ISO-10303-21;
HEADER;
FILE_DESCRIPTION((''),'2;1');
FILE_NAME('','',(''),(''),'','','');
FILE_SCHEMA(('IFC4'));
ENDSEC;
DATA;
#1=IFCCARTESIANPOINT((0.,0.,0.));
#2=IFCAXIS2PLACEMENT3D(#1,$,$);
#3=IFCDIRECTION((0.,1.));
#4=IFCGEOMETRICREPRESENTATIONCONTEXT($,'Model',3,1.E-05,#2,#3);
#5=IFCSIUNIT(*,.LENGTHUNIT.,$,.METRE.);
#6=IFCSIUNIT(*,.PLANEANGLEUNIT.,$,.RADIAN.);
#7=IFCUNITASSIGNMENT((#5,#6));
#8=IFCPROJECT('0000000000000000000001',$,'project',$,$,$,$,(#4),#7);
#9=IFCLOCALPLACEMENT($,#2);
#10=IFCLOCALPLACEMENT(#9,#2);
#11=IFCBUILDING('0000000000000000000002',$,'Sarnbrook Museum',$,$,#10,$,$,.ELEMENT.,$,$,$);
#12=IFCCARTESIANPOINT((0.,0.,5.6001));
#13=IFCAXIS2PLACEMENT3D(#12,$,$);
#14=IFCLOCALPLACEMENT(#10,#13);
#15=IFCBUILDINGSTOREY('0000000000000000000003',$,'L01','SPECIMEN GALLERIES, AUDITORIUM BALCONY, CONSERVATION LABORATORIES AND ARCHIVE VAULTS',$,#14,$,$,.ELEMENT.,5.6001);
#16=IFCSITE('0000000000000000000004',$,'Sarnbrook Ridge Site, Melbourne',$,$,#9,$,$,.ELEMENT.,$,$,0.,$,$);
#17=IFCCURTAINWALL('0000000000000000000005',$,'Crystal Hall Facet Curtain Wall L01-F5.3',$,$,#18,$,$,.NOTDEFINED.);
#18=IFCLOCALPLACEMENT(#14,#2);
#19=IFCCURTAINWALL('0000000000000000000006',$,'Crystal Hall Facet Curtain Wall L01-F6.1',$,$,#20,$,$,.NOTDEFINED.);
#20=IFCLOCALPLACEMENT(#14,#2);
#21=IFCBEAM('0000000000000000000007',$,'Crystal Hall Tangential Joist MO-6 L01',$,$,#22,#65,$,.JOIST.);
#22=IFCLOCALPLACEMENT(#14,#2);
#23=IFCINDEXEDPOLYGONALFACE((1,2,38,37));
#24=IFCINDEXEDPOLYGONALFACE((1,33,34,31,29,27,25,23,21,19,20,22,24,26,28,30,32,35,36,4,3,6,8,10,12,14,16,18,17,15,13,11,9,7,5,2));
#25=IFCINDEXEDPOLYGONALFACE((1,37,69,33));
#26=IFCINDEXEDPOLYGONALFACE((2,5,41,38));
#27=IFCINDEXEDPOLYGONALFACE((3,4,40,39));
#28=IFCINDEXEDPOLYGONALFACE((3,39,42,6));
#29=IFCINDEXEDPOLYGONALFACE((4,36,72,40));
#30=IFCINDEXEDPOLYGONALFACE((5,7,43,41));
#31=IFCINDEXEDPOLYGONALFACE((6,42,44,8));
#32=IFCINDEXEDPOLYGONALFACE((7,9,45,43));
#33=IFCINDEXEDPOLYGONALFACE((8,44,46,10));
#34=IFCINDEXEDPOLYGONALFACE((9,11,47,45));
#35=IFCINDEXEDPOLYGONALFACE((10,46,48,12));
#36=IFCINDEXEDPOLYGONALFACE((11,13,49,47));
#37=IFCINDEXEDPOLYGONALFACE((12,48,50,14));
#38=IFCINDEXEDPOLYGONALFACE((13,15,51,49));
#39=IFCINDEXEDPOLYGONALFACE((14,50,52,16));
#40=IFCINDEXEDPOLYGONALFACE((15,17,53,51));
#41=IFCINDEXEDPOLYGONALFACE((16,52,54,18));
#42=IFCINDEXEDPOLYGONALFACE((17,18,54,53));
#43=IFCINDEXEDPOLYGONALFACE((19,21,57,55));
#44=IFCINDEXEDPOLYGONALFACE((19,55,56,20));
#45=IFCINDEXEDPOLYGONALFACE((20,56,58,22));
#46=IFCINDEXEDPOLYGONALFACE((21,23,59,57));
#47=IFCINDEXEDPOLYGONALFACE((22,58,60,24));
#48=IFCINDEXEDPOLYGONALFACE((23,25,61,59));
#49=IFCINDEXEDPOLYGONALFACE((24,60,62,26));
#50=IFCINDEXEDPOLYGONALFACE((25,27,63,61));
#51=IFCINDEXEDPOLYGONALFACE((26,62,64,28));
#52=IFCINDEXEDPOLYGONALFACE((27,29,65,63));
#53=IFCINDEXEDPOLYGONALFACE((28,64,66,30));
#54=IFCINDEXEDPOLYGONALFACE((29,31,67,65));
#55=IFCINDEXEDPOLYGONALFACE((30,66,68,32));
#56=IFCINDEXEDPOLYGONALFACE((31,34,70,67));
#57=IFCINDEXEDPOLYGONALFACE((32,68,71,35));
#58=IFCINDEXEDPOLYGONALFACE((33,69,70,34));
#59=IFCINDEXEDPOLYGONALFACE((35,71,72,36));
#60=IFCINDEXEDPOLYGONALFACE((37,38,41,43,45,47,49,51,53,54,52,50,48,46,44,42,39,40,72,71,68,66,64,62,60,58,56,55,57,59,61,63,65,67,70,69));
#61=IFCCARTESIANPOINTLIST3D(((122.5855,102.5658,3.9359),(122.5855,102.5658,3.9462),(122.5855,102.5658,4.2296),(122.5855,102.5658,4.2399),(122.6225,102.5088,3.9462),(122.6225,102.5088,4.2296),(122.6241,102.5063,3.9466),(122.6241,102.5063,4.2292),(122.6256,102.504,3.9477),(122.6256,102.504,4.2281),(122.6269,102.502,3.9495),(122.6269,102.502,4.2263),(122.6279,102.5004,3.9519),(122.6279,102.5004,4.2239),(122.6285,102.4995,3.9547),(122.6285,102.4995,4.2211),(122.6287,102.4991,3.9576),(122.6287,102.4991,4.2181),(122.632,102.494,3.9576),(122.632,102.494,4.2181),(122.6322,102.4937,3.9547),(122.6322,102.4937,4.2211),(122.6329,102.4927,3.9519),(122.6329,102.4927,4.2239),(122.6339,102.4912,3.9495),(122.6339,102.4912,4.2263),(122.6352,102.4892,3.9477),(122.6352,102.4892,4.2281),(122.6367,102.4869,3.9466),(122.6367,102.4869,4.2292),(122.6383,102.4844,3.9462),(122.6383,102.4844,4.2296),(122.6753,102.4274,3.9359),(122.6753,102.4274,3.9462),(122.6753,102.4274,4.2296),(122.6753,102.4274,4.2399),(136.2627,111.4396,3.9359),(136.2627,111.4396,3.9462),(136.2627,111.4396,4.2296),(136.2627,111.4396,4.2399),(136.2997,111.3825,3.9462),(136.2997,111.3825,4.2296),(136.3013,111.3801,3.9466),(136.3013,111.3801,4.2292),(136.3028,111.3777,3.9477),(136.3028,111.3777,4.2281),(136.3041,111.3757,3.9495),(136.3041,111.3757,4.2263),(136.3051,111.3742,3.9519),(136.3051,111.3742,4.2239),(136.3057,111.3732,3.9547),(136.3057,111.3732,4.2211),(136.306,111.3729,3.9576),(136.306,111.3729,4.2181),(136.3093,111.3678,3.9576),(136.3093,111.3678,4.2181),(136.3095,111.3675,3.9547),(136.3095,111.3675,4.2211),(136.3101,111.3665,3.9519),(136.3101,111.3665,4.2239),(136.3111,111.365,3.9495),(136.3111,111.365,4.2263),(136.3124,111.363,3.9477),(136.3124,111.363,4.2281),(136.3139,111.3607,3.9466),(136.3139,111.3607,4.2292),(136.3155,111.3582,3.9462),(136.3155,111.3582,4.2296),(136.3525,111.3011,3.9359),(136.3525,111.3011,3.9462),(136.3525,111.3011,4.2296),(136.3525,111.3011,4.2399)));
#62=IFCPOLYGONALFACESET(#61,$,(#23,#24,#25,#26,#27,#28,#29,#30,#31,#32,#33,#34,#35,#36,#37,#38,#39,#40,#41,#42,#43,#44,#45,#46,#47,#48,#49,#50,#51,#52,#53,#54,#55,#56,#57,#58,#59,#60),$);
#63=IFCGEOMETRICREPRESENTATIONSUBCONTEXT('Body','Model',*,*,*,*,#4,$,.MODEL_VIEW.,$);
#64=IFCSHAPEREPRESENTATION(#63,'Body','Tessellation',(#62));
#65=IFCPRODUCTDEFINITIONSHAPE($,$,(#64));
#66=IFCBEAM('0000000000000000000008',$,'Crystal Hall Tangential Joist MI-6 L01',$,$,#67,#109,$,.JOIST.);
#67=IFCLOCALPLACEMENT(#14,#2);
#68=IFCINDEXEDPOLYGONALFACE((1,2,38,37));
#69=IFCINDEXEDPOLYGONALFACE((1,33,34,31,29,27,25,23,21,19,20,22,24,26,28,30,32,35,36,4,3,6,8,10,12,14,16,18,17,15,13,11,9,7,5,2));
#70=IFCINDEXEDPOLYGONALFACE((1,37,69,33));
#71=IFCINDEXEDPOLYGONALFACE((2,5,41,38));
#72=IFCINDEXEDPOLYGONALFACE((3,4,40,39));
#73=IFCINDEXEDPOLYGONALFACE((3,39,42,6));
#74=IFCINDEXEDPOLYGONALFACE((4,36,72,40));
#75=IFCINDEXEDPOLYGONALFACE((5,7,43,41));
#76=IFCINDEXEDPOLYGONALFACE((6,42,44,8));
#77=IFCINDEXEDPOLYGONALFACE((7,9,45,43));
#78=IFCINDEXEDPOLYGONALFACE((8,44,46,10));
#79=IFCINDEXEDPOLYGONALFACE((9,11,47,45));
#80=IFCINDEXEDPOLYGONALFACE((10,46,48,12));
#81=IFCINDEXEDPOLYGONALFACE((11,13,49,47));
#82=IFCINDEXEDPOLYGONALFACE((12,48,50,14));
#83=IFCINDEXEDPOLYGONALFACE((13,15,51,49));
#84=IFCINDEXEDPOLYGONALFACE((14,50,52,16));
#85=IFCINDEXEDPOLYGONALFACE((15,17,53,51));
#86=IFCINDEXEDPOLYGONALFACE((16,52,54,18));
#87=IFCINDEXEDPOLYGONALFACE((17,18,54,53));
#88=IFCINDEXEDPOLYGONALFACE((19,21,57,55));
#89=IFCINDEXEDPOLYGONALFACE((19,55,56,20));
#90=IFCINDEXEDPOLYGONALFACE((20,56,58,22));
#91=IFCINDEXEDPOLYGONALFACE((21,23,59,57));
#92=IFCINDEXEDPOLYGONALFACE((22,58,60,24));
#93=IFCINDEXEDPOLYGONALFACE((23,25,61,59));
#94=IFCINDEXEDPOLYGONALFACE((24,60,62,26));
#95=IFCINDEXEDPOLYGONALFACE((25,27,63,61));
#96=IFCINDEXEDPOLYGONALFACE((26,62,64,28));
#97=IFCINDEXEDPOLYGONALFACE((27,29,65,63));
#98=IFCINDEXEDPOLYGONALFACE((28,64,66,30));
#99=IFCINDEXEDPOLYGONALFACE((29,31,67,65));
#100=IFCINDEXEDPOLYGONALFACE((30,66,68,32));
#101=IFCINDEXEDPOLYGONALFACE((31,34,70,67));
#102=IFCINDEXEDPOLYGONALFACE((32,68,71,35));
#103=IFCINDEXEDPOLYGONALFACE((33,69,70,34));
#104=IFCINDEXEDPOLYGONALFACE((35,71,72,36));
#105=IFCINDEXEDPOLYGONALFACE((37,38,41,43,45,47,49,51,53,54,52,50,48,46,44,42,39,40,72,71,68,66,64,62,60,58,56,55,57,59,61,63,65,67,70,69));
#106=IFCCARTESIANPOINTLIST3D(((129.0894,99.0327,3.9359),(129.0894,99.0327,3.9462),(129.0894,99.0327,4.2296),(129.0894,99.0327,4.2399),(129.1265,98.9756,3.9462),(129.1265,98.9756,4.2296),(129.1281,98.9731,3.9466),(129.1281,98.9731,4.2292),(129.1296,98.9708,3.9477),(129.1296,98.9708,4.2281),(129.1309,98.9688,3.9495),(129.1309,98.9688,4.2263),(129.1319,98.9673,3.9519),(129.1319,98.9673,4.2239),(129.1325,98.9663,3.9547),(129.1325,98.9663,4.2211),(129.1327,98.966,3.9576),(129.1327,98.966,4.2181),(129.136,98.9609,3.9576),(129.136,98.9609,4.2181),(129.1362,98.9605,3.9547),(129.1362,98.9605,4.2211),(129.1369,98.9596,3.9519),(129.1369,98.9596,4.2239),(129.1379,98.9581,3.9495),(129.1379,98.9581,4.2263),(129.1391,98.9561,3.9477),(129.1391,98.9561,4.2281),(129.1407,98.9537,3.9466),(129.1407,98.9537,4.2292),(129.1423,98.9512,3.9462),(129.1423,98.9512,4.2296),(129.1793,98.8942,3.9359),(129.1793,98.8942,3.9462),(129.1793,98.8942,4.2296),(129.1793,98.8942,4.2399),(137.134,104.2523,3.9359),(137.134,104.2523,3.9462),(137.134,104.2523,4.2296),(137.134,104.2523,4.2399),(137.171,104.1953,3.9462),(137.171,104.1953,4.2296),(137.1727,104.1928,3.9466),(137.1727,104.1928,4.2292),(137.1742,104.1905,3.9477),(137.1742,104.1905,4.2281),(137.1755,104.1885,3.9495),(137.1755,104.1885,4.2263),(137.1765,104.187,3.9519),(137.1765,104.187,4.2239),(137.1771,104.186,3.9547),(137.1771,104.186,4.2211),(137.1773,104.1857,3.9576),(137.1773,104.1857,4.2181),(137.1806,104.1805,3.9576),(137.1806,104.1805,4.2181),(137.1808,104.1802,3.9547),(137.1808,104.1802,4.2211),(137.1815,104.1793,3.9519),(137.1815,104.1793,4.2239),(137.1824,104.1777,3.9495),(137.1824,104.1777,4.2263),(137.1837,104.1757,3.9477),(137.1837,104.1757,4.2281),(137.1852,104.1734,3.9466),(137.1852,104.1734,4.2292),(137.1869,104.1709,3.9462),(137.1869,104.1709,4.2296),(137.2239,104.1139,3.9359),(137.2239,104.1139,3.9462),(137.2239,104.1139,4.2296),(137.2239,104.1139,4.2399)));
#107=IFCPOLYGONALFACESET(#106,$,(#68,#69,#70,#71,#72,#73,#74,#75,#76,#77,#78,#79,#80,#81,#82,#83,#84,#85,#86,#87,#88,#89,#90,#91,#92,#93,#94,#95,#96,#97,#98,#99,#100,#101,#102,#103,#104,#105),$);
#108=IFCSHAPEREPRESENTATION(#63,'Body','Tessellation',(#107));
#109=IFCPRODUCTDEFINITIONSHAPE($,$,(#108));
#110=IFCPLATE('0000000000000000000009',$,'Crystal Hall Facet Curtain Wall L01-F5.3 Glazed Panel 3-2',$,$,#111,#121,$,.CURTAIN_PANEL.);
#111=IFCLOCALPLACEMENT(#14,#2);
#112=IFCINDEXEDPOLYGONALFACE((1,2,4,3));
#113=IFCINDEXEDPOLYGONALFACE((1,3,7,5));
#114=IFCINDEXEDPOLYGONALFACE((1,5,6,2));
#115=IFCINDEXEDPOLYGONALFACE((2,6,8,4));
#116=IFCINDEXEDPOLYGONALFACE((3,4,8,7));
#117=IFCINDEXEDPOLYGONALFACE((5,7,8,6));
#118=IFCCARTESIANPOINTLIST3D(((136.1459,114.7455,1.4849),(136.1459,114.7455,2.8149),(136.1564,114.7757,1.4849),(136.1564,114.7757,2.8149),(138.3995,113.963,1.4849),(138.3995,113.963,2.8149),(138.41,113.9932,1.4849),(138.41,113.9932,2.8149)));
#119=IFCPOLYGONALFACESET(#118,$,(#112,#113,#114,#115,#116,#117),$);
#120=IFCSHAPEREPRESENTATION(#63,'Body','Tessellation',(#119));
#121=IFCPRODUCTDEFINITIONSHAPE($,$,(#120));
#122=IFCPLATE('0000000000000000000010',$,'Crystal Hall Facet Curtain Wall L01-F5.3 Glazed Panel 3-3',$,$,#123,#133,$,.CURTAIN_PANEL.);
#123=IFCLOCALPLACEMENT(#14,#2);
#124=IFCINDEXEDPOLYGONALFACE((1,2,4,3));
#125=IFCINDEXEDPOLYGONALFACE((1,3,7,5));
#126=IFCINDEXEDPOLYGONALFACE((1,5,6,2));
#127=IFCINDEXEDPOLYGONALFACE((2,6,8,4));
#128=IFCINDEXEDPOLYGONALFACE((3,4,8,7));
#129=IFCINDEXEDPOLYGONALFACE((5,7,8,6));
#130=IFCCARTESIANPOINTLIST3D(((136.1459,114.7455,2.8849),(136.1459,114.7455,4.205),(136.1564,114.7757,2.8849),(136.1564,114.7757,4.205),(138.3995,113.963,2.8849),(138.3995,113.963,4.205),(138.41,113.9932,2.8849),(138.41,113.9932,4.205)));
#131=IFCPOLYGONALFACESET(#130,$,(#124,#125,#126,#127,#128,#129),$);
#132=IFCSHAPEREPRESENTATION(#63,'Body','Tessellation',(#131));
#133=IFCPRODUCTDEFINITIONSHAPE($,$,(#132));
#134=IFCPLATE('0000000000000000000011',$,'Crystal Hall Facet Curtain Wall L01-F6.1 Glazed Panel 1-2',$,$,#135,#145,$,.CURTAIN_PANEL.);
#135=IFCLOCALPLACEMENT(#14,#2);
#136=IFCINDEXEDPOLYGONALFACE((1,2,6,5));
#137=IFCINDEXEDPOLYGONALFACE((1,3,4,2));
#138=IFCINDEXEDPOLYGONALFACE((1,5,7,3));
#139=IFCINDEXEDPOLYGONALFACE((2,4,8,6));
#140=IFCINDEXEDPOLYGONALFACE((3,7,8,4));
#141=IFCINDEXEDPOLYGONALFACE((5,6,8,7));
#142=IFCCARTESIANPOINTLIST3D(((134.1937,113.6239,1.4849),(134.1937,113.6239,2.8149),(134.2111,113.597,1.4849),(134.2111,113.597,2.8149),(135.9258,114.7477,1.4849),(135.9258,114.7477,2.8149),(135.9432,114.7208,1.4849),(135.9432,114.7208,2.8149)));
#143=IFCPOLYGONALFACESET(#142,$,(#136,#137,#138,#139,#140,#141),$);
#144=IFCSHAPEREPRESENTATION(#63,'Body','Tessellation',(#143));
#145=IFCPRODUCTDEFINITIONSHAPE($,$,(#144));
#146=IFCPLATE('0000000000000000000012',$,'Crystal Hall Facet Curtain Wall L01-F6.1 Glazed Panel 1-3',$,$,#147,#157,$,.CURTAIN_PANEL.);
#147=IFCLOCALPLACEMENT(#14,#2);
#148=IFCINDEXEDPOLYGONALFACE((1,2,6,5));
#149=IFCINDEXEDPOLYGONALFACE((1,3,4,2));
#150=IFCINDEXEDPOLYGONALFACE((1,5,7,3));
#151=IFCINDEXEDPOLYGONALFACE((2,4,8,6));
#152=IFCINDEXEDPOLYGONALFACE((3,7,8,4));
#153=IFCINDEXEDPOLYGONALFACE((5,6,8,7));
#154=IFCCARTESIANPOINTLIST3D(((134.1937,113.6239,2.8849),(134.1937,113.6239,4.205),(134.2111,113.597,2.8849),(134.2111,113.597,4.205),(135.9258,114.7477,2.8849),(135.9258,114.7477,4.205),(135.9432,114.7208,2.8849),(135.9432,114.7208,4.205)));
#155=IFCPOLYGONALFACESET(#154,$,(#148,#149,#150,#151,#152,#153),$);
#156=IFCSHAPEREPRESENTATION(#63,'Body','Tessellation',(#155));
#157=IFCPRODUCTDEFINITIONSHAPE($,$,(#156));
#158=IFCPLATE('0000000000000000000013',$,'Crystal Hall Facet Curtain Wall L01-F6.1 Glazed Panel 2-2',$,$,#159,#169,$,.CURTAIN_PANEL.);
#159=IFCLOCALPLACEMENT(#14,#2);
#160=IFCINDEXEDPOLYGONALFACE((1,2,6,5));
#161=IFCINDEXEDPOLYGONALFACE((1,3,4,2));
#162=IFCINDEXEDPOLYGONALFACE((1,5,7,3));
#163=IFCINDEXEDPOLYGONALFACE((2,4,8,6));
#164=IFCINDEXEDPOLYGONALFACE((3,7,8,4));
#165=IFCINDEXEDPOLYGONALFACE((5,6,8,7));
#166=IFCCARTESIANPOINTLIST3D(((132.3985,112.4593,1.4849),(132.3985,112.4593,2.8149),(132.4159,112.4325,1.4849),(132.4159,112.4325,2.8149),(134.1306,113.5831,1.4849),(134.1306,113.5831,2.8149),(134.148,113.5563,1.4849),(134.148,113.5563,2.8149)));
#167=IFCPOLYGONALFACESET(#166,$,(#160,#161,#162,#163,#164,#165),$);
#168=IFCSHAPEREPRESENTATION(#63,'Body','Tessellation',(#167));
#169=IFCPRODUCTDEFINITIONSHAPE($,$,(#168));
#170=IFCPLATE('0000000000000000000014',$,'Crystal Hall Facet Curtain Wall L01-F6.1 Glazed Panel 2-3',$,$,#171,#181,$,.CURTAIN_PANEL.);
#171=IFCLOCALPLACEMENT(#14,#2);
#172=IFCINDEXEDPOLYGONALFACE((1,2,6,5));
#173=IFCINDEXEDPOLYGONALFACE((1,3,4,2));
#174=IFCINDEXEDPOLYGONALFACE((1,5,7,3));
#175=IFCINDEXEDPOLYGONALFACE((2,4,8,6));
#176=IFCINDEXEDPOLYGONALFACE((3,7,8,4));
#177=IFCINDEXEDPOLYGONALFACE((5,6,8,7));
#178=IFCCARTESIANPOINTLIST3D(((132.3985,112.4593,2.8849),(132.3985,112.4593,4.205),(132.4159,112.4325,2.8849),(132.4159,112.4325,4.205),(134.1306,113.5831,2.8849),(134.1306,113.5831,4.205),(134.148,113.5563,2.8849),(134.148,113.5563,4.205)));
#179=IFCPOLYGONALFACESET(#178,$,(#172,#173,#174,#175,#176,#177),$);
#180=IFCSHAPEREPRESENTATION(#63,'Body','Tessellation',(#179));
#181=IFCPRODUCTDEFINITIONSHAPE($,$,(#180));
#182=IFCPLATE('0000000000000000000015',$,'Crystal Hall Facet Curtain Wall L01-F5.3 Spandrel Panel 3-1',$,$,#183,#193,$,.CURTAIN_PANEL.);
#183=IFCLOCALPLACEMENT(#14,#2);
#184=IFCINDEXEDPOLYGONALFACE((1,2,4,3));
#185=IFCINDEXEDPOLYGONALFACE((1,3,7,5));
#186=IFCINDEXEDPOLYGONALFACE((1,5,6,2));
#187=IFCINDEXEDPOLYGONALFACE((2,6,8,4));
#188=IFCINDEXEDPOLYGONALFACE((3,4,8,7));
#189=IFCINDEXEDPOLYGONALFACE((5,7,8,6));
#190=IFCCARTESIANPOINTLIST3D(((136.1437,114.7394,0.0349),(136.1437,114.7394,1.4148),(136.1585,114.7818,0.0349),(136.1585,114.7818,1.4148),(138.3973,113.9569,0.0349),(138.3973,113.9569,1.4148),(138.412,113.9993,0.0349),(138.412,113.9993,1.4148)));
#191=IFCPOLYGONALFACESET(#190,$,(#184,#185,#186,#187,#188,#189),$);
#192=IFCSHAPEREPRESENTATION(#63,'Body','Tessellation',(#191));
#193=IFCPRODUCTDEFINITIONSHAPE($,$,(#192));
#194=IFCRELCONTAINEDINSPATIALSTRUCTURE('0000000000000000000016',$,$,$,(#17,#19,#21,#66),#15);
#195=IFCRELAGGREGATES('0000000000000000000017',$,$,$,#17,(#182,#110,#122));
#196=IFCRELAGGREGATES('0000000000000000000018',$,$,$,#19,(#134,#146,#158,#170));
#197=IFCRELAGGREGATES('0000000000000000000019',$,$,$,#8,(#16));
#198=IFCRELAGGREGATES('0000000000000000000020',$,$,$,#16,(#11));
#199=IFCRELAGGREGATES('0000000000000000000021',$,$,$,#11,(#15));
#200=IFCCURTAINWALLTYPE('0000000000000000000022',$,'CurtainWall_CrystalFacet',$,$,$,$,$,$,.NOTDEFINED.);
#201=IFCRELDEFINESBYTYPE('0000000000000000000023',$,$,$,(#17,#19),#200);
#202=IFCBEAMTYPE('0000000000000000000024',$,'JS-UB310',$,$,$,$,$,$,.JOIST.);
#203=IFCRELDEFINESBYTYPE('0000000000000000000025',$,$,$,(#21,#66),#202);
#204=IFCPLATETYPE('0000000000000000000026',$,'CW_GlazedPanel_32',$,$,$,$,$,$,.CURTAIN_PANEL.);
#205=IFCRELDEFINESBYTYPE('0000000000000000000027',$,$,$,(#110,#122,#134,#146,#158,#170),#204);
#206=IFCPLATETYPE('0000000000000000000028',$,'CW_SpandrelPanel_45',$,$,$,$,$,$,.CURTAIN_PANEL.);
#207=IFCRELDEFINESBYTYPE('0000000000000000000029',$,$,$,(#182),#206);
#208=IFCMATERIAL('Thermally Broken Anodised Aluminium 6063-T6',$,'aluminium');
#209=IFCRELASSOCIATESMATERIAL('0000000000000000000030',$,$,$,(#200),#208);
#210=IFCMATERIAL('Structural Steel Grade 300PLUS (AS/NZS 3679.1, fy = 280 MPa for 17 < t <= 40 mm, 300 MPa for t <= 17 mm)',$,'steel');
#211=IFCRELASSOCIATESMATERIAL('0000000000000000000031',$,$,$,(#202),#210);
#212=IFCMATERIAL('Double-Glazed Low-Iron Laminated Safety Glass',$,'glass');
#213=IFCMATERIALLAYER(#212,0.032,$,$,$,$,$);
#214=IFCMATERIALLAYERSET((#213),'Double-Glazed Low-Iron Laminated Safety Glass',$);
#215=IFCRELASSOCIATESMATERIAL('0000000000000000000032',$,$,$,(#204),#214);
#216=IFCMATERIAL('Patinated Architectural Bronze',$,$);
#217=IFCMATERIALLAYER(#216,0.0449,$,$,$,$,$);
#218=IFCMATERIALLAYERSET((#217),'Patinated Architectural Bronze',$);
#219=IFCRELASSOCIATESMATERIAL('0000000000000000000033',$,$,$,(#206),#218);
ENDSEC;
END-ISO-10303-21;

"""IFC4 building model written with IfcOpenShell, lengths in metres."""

from ifc_helpers import new_model, si_unit, direction, frame, origin, origin_2d, place, context, subcontext, project, spatial, rectangle, i_section, extrude, material, layer, layer_set, material_profile, profile_set, type_object, element, aggregate, save


model = new_model("IFC4")

# Units and contexts
model_context = context("Model", 3, precision=1e-05, world=origin(), true_north=direction((0.0, 1.0)))
body_context = subcontext(model_context, "Body", "Model", "MODEL_VIEW")
ifc_project = project(units=[si_unit("LENGTHUNIT", "METRE"), si_unit("PLANEANGLEUNIT", "RADIAN")], contexts=[model_context])

# Site, building, storey
site_placement = place(None, origin())
site = spatial("IfcSite", under=ifc_project, at=site_placement, Name="Sarnbrook Ridge Site, Melbourne", CompositionType="ELEMENT", RefElevation=0.0)
building_placement = place(site_placement, origin())
building = spatial("IfcBuilding", under=site, at=building_placement, Name="Sarnbrook Museum", CompositionType="ELEMENT")
storey_placement = place(building_placement, frame((0.0, 0.0, 5.6001)))
storey = spatial("IfcBuildingStorey", under=building, at=storey_placement, Name="L01", Description="SPECIMEN GALLERIES, AUDITORIUM BALCONY, CONSERVATION LABORATORIES AND ARCHIVE VAULTS", CompositionType="ELEMENT", Elevation=5.6001)

# Shared definitions
ifc_material_1 = material(Name="Structural Steel Grade 300PLUS (AS/NZS 3679.1, fy = 280 MPa for 17 < t <= 40 mm, 300 MPa for t <= 17 mm)", Category="steel")

# Curtain wall
ifc_material_2 = material(Name="Thermally Broken Anodised Aluminium 6063-T6", Category="aluminium")
curtain_wall_type = type_object("IfcCurtainWallType", Name="CurtainWall_CrystalFacet", PredefinedType="NOTDEFINED", material=ifc_material_2)
curtain_wall_1_placement = place(storey_placement, origin())
curtain_wall_1 = element("IfcCurtainWall", 1, at=curtain_wall_1_placement, inside=storey, type_object=curtain_wall_type, Name="Crystal Hall Facet Curtain Wall L01-F5.3", PredefinedType="NOTDEFINED")

# Curtain wall
curtain_wall_2_placement = place(storey_placement, origin())
curtain_wall_2 = element("IfcCurtainWall", 2, at=curtain_wall_2_placement, inside=storey, type_object=curtain_wall_type, Name="Crystal Hall Facet Curtain Wall L01-F6.1", PredefinedType="NOTDEFINED")

# Beams
ifc_material_profile_1 = material_profile(ifc_material_1, i_section(OverallWidth=0.165, OverallDepth=0.304, WebThickness=0.0061, FlangeThickness=0.0103, FilletRadius=0.0115, at=origin_2d()), Name="310UB40.4")
ifc_profile_set_1 = profile_set([ifc_material_profile_1], Name="Structural Steel Grade 300PLUS (AS/NZS 3679.1, fy = 280 MPa for 17 < t <= 40 mm, 300 MPa for t <= 17 mm)")
beam_type_1 = type_object("IfcBeamType", Name="JS-UB310", PredefinedType="JOIST", material=ifc_profile_set_1)
beam_1_placement = place(storey_placement, frame((136.3076, 111.3704, 4.0879), z_axis=(-0.838904, -0.54428, 0.0), x_axis=(0.54428, -0.838904, 0.0)))
element("IfcBeam", 3, at=beam_1_placement, inside=storey, type_object=beam_type_1, Name="Crystal Hall Tangential Joist MO-6 L01", PredefinedType="JOIST", context=body_context, shape_type="SweptSolid", body=[
    extrude(i_section(OverallWidth=0.165, OverallDepth=0.304, WebThickness=0.0061, FlangeThickness=0.0103, FilletRadius=0.0115, at=origin_2d()), origin(), (0.0, 0.0, 1.0), 16.3037),
])
beam_2_placement = place(storey_placement, frame((137.179, 104.1831, 4.0879), z_axis=(-0.838887, -0.544305, 0.0), x_axis=(0.544305, -0.838887, 0.0)))
element("IfcBeam", 4, at=beam_2_placement, inside=storey, type_object=beam_type_1, Name="Crystal Hall Tangential Joist MI-6 L01", PredefinedType="JOIST", context=body_context, shape_type="SweptSolid", body=[
    extrude(i_section(OverallWidth=0.165, OverallDepth=0.304, WebThickness=0.0061, FlangeThickness=0.0103, FilletRadius=0.0115, at=origin_2d()), origin(), (0.0, 0.0, 1.0), 9.5896),
])

# Plates
ifc_material_3 = material(Name="Double-Glazed Low-Iron Laminated Safety Glass", Category="glass")
ifc_layer_1 = layer(ifc_material_3, 0.032)
ifc_layer_set_1 = layer_set([ifc_layer_1], Name="Double-Glazed Low-Iron Laminated Safety Glass")
plate_type_1 = type_object("IfcPlateType", Name="CW_GlazedPanel_32", PredefinedType="CURTAIN_PANEL", material=ifc_layer_set_1)
plate_1_placement = place(storey_placement, frame((137.2727, 114.3542, 2.1499), z_axis=(0.328012, 0.944674, 0.0), x_axis=(-0.944674, 0.328012, 0.0)))
plate_1 = element("IfcPlate", 5, at=plate_1_placement, type_object=plate_type_1, Name="Crystal Hall Facet Curtain Wall L01-F5.3 Glazed Panel 3-2", PredefinedType="CURTAIN_PANEL", context=body_context, shape_type="SweptSolid", body=[
    extrude(rectangle(XDim=2.3855, YDim=1.3301, at=origin_2d()), origin(), (0.0, 0.0, 1.0), 0.032),
])
plate_2_placement = place(storey_placement, frame((137.2727, 114.3542, 3.5449), z_axis=(0.328012, 0.944674, 0.0), x_axis=(-0.944674, 0.328012, 0.0)))
plate_2 = element("IfcPlate", 6, at=plate_2_placement, type_object=plate_type_1, Name="Crystal Hall Facet Curtain Wall L01-F5.3 Glazed Panel 3-3", PredefinedType="CURTAIN_PANEL", context=body_context, shape_type="SweptSolid", body=[
    extrude(rectangle(XDim=2.3855, YDim=1.3201, at=origin_2d()), origin(), (0.0, 0.0, 1.0), 0.032),
])
plate_3_placement = place(storey_placement, frame((135.0771, 114.1589, 2.1499), z_axis=(-0.544287, 0.838899, 0.0), x_axis=(-0.838899, -0.544287, 0.0)))
plate_3 = element("IfcPlate", 7, at=plate_3_placement, type_object=plate_type_1, Name="Crystal Hall Facet Curtain Wall L01-F6.1 Glazed Panel 1-2", PredefinedType="CURTAIN_PANEL", context=body_context, shape_type="SweptSolid", body=[
    extrude(rectangle(XDim=2.0647, YDim=1.3301, at=origin_2d()), origin(), (0.0, 0.0, 1.0), 0.032),
])
plate_4_placement = place(storey_placement, frame((135.0771, 114.1589, 3.5449), z_axis=(-0.544287, 0.838899, 0.0), x_axis=(-0.838899, -0.544287, 0.0)))
plate_4 = element("IfcPlate", 8, at=plate_4_placement, type_object=plate_type_1, Name="Crystal Hall Facet Curtain Wall L01-F6.1 Glazed Panel 1-3", PredefinedType="CURTAIN_PANEL", context=body_context, shape_type="SweptSolid", body=[
    extrude(rectangle(XDim=2.0647, YDim=1.3201, at=origin_2d()), origin(), (0.0, 0.0, 1.0), 0.032),
])
plate_5_placement = place(storey_placement, frame((133.282, 112.9944, 2.1499), z_axis=(-0.544287, 0.838899, 0.0), x_axis=(-0.838899, -0.544287, 0.0)))
plate_5 = element("IfcPlate", 9, at=plate_5_placement, type_object=plate_type_1, Name="Crystal Hall Facet Curtain Wall L01-F6.1 Glazed Panel 2-2", PredefinedType="CURTAIN_PANEL", context=body_context, shape_type="SweptSolid", body=[
    extrude(rectangle(XDim=2.0647, YDim=1.3301, at=origin_2d()), origin(), (0.0, 0.0, 1.0), 0.032),
])
plate_6_placement = place(storey_placement, frame((133.282, 112.9944, 3.5449), z_axis=(-0.544287, 0.838899, 0.0), x_axis=(-0.838899, -0.544287, 0.0)))
plate_6 = element("IfcPlate", 10, at=plate_6_placement, type_object=plate_type_1, Name="Crystal Hall Facet Curtain Wall L01-F6.1 Glazed Panel 2-3", PredefinedType="CURTAIN_PANEL", context=body_context, shape_type="SweptSolid", body=[
    extrude(rectangle(XDim=2.0647, YDim=1.3201, at=origin_2d()), origin(), (0.0, 0.0, 1.0), 0.032),
])
ifc_material_4 = material(Name="Patinated Architectural Bronze")
ifc_layer_2 = layer(ifc_material_4, 0.0449)
ifc_layer_set_2 = layer_set([ifc_layer_2], Name="Patinated Architectural Bronze")
plate_type_2 = type_object("IfcPlateType", Name="CW_SpandrelPanel_45", PredefinedType="CURTAIN_PANEL", material=ifc_layer_set_2)
plate_7_placement = place(storey_placement, frame((137.2705, 114.3481, 0.7249), z_axis=(0.328012, 0.944674, 0.0), x_axis=(-0.944674, 0.328012, 0.0)))
plate_7 = element("IfcPlate", 11, at=plate_7_placement, type_object=plate_type_2, Name="Crystal Hall Facet Curtain Wall L01-F5.3 Spandrel Panel 3-1", PredefinedType="CURTAIN_PANEL", context=body_context, shape_type="SweptSolid", body=[
    extrude(rectangle(XDim=2.3855, YDim=1.3799, at=origin_2d()), origin(), (0.0, 0.0, 1.0), 0.0449),
])
aggregate(curtain_wall_1, [plate_7, plate_1, plate_2])
aggregate(curtain_wall_2, [plate_3, plate_4, plate_5, plate_6])

save(model, "model.ifc")
